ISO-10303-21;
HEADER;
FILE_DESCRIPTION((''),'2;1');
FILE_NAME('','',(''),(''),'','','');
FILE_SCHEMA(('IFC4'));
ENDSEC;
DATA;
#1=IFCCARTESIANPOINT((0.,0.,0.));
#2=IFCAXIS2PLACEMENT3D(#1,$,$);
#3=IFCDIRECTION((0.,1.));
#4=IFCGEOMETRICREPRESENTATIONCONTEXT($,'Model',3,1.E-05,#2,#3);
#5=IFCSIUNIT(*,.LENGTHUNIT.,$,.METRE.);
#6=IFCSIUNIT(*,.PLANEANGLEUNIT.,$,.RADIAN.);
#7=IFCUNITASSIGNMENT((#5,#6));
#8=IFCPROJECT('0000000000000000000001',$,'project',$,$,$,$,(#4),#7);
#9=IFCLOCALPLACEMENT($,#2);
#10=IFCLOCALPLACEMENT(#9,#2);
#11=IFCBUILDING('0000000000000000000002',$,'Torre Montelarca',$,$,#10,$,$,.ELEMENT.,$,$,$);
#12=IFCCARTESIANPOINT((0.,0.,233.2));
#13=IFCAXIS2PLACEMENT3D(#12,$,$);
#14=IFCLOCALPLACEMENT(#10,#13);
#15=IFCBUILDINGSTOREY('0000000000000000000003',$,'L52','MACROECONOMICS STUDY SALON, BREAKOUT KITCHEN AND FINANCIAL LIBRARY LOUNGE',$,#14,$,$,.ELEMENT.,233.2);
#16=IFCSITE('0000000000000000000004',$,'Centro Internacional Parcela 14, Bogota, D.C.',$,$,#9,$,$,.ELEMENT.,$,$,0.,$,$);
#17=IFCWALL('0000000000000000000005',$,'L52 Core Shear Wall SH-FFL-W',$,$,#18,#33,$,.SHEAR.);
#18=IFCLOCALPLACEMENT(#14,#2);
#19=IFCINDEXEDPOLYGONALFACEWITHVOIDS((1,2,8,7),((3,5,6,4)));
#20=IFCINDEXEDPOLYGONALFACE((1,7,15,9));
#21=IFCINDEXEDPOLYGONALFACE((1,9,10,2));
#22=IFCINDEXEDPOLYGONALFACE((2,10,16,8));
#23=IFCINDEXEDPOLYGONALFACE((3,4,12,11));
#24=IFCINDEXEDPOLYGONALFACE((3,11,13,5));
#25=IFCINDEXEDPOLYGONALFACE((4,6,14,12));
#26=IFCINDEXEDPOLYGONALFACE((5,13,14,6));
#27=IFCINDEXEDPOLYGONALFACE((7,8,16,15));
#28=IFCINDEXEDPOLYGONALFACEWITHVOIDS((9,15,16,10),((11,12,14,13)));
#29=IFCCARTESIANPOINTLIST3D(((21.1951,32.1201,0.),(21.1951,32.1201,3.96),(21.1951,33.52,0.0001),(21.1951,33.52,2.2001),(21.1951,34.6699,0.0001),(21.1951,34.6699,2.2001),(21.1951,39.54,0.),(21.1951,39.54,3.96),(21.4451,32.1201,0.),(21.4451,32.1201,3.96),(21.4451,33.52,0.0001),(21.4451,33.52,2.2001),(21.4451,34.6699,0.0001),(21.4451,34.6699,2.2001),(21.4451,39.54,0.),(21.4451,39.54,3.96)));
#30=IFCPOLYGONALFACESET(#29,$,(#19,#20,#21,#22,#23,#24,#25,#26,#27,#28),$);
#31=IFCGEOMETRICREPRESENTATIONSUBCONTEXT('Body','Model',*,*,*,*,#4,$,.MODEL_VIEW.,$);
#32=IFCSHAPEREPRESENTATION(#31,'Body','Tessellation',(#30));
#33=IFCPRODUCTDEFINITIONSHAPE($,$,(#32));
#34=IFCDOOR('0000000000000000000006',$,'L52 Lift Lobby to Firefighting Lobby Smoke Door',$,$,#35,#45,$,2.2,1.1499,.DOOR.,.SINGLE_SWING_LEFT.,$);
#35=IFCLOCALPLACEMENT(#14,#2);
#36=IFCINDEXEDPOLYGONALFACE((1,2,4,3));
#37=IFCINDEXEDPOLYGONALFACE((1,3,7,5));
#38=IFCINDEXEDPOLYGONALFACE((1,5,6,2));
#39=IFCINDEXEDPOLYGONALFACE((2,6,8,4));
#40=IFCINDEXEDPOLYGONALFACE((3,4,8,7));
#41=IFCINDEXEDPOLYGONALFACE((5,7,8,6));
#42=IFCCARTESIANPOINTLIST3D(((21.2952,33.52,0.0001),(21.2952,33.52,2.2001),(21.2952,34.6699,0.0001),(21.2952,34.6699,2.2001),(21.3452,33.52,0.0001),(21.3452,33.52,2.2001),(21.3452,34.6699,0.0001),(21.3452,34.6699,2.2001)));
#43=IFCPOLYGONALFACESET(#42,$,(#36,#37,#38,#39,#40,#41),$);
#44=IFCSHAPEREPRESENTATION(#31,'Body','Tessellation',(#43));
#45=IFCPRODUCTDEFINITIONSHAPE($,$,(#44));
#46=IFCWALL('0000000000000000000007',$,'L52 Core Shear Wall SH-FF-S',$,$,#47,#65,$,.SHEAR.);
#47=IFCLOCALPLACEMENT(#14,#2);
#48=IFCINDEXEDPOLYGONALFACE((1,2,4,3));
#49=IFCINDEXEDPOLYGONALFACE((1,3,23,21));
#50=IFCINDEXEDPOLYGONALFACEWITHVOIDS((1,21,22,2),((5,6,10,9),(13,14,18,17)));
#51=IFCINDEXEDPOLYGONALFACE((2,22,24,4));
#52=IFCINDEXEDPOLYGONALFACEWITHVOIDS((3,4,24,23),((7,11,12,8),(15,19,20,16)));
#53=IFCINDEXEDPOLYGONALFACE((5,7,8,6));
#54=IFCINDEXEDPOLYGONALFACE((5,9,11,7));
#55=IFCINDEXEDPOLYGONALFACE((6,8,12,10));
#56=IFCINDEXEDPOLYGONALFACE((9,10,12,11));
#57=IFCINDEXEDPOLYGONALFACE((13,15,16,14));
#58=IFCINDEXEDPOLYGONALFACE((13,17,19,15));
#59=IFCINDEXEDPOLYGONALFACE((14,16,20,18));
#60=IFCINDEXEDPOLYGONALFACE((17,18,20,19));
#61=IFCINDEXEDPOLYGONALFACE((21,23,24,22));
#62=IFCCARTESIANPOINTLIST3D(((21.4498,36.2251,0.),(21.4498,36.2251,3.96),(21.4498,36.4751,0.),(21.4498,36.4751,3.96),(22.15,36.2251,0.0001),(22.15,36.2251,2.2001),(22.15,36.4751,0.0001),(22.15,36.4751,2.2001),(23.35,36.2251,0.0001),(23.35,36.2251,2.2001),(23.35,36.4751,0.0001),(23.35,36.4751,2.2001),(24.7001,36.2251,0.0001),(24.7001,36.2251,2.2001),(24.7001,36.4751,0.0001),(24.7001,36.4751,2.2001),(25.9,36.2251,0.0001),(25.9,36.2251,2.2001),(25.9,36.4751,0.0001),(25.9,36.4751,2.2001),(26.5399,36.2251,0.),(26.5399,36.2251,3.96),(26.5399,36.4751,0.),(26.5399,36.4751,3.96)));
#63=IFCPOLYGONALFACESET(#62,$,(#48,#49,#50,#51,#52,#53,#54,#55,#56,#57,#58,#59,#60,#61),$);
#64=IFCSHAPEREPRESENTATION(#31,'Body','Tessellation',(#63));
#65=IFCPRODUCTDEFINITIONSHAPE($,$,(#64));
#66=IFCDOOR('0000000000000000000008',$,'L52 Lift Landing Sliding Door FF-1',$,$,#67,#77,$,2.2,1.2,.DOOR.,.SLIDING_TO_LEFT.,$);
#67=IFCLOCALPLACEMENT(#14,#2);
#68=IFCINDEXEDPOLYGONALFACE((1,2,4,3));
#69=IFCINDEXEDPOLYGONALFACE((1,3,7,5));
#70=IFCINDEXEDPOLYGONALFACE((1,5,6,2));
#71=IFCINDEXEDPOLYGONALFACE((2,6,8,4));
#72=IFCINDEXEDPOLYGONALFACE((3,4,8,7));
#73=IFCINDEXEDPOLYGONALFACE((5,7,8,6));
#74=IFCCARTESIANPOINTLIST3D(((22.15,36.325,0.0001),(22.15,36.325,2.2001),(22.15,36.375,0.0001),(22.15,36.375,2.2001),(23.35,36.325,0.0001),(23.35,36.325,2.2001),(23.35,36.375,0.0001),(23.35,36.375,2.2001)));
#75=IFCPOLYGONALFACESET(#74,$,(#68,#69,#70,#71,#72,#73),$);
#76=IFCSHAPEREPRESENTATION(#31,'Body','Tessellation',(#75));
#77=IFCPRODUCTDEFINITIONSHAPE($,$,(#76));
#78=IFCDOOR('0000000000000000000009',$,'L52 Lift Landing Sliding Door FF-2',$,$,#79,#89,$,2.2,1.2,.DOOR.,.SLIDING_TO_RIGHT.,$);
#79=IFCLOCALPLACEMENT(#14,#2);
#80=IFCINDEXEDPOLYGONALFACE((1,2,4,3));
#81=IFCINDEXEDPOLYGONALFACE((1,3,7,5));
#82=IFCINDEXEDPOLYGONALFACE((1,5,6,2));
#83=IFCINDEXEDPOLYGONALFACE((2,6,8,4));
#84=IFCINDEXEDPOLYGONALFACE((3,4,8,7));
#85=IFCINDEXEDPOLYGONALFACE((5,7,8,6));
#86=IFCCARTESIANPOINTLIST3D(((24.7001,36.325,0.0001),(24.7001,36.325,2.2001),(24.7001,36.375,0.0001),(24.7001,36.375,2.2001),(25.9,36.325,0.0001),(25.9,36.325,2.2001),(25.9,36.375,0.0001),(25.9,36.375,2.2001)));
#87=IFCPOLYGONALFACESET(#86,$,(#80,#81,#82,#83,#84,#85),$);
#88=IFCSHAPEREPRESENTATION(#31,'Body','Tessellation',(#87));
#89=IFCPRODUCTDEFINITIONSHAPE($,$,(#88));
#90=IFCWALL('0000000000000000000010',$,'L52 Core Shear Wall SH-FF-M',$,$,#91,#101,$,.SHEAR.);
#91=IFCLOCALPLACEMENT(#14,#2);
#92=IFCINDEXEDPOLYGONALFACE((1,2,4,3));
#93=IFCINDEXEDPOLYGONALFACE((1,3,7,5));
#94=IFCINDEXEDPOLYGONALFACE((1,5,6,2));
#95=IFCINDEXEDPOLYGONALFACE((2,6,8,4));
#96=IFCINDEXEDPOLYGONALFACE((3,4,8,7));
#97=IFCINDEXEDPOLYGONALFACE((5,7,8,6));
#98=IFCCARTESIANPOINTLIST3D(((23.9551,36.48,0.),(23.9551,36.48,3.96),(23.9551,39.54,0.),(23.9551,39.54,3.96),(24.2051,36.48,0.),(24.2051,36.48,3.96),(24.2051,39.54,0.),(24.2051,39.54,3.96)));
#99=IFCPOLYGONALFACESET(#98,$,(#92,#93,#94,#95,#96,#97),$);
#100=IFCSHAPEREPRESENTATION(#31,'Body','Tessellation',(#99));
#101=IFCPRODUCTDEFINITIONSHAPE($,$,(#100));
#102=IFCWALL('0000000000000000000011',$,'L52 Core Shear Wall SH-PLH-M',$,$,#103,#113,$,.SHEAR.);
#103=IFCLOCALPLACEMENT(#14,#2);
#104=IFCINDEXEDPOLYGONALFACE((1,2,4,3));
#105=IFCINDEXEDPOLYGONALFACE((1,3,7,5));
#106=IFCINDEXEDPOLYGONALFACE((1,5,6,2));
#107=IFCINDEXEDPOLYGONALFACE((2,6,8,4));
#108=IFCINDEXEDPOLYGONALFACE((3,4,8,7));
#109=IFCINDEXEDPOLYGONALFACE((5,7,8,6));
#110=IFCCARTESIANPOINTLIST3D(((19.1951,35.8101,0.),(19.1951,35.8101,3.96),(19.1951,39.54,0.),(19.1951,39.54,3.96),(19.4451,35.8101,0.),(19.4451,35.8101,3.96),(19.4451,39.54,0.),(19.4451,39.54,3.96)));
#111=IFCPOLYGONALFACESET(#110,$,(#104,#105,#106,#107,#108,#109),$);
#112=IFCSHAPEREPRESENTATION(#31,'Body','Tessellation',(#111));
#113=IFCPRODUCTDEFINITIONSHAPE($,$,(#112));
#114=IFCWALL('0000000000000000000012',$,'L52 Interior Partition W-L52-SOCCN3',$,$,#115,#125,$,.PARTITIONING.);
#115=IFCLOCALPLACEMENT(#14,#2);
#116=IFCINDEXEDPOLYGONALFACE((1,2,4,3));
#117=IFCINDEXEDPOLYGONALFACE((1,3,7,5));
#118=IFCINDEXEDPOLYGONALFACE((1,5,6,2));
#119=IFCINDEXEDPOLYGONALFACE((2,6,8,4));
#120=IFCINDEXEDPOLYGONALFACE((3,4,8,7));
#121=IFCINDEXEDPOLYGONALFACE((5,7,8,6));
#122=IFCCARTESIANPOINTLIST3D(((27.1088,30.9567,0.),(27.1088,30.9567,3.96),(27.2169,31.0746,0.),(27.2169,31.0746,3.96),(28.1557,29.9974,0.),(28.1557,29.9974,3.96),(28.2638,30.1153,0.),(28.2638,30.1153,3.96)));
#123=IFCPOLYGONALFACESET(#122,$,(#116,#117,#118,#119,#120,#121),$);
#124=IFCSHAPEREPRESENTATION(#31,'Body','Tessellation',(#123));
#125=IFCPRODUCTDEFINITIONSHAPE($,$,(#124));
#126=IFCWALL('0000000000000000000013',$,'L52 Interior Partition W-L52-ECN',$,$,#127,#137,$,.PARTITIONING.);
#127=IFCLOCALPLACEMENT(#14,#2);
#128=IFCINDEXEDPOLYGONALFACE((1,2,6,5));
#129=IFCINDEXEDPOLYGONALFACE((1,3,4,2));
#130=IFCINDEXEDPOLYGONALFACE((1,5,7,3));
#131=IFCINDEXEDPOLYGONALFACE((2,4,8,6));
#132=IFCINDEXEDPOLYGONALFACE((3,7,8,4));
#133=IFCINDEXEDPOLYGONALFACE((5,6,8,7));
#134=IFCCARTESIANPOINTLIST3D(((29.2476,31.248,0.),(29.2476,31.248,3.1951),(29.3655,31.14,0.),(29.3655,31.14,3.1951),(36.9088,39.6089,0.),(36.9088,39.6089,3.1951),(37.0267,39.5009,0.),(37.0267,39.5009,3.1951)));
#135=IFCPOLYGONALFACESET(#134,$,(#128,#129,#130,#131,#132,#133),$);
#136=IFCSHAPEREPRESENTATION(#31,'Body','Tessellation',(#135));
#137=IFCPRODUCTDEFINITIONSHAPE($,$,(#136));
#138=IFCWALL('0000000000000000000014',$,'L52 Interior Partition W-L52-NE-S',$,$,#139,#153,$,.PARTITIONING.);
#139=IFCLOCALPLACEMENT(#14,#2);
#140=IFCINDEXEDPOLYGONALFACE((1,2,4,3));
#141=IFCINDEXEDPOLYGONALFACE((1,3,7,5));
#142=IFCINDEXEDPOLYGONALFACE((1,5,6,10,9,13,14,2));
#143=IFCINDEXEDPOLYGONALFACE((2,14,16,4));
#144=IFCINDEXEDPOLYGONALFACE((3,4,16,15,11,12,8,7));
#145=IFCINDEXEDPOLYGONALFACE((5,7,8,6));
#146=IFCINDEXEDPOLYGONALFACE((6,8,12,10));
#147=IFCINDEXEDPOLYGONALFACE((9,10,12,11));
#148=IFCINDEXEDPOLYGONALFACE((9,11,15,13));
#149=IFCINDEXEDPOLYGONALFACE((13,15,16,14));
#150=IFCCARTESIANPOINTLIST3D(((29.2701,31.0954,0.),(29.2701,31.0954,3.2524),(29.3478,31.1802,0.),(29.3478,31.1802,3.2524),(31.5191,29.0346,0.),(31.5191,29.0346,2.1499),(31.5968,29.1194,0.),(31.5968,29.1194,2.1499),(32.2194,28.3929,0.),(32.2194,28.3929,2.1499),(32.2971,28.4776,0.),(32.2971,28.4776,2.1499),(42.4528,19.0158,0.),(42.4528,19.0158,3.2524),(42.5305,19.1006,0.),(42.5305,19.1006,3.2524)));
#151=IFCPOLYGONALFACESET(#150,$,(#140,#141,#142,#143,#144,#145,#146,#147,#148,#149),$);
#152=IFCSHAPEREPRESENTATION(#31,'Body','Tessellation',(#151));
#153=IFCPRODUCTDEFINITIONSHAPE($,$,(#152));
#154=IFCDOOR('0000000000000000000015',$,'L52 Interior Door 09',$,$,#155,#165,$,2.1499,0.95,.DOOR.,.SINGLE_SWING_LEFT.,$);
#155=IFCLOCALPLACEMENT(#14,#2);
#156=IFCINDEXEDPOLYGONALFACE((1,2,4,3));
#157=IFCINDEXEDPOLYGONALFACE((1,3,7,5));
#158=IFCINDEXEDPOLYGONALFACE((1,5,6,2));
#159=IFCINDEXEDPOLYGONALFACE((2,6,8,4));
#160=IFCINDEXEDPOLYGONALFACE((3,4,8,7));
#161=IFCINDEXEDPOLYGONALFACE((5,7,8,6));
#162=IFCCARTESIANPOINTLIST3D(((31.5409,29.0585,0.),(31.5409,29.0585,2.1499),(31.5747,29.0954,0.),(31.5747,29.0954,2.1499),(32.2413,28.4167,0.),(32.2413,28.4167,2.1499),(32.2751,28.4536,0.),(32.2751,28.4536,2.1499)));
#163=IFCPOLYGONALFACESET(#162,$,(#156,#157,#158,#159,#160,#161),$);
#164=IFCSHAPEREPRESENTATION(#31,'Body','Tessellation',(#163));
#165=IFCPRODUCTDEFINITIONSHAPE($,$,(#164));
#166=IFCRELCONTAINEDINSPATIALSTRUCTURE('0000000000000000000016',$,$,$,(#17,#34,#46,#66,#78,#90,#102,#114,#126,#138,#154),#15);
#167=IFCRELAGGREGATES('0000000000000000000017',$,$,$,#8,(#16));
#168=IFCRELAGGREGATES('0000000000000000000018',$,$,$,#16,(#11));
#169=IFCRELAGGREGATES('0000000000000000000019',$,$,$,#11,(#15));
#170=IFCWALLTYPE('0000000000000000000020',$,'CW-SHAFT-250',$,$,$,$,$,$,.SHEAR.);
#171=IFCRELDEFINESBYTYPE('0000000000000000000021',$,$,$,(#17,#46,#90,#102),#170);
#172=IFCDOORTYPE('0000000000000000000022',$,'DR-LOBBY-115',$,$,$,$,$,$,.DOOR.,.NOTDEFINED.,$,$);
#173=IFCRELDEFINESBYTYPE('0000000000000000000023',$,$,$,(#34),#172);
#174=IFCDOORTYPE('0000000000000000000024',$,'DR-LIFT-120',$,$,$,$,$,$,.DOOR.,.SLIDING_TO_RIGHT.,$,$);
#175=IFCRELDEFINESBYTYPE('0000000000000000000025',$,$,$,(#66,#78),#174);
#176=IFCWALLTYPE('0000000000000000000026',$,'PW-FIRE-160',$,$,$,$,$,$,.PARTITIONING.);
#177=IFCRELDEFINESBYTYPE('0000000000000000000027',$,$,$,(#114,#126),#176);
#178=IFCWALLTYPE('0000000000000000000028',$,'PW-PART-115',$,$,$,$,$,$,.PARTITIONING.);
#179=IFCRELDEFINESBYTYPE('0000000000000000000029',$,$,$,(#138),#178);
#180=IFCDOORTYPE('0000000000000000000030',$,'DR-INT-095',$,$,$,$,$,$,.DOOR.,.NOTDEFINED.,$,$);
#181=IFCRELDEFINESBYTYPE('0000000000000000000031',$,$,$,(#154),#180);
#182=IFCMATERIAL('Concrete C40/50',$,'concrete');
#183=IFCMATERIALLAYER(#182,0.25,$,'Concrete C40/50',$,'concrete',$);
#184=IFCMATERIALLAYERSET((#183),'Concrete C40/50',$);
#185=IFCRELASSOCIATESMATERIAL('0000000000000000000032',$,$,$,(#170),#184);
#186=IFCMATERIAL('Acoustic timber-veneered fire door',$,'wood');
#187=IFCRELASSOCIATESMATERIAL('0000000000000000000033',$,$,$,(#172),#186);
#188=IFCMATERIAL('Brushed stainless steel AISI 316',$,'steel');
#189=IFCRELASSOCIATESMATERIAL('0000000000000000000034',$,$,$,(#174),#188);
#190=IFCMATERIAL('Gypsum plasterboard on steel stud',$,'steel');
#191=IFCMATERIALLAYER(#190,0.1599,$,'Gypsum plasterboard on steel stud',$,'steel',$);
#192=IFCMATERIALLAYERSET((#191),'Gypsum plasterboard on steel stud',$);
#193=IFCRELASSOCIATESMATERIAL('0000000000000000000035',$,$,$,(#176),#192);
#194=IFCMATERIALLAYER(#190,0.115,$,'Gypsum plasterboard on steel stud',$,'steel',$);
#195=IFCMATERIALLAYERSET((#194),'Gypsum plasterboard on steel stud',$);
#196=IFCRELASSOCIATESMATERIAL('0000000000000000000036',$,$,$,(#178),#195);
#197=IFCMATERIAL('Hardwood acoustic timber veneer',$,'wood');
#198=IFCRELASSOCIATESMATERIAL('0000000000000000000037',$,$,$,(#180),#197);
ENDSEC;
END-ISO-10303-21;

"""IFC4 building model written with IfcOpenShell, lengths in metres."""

from ifc_helpers import new_model, si_unit, direction, frame, frame_2d, origin, place, context, subcontext, project, spatial, rectangle, extrude, source, transform, mapped, material, layer, layer_set, type_object, element, fill, save


model = new_model("IFC4")

# Units and contexts
model_context = context("Model", 3, precision=1e-05, world=origin(), true_north=direction((0.0, 1.0)))
body_context = subcontext(model_context, "Body", "Model", "MODEL_VIEW")
ifc_project = project(units=[si_unit("LENGTHUNIT", "METRE"), si_unit("PLANEANGLEUNIT", "RADIAN")], contexts=[model_context])

# Site, building, storey
site_placement = place(None, origin())
site = spatial("IfcSite", under=ifc_project, at=site_placement, Name="Centro Internacional Parcela 14, Bogota, D.C.", CompositionType="ELEMENT", RefElevation=0.0)
building_placement = place(site_placement, origin())
building = spatial("IfcBuilding", under=site, at=building_placement, Name="Torre Montelarca", CompositionType="ELEMENT")
storey_placement = place(building_placement, frame((0.0, 0.0, 233.2)))
storey = spatial("IfcBuildingStorey", under=building, at=storey_placement, Name="L52", Description="MACROECONOMICS STUDY SALON, BREAKOUT KITCHEN AND FINANCIAL LIBRARY LOUNGE", CompositionType="ELEMENT", Elevation=233.2)

# Wall, opening, door
ifc_material_1 = material(Name="Concrete C40/50", Category="concrete")
ifc_layer_1 = layer(ifc_material_1, 0.25, Name="Concrete C40/50", Category="concrete")
ifc_layer_set_1 = layer_set([ifc_layer_1], Name="Concrete C40/50")
wall_type_1 = type_object("IfcWallType", Name="CW-SHAFT-250", PredefinedType="SHEAR", material=ifc_layer_set_1)
wall_1_placement = place(storey_placement, frame((21.3201, 32.1201, 0.0), z_axis=(0.0, 0.0, 1.0), x_axis=(0.0, 1.0, 0.0)))
wall_1 = element("IfcWall", 1, at=wall_1_placement, inside=storey, type_object=wall_type_1, Name="L52 Core Shear Wall SH-FFL-W", PredefinedType="SHEAR", context=body_context, shape_type="SweptSolid", body=[
    extrude(rectangle(XDim=7.4199, YDim=0.25, at=frame_2d((3.71, 0.0))), origin(), (0.0, 0.0, 1.0), 3.96),
])
opening_1_placement = place(wall_1_placement, frame((1.3999, 0.0, 0.0)))
opening_1 = element("IfcOpeningElement", 2, at=opening_1_placement, cuts=wall_1, PredefinedType="OPENING", context=body_context, shape_type="SweptSolid", body=[
    extrude(rectangle(XDim=1.1499, YDim=2.2, at=frame_2d((0.575, 1.1001))), frame((0.0, 0.135, 0.0), z_axis=(0.0, -1.0, 0.0), x_axis=(1.0, 0.0, 0.0)), (0.0, 0.0, 1.0), 0.27),
])
ifc_material_2 = material(Name="Acoustic timber-veneered fire door", Category="wood")
door_type_1 = type_object("IfcDoorType", Name="DR-LOBBY-115", OperationType="NOTDEFINED", PredefinedType="DOOR", material=ifc_material_2)
shared_shape_1 = source(origin(), body_context, "Body", "SweptSolid", [
    extrude(rectangle(XDim=1.1499, YDim=2.2, at=frame_2d((0.575, 1.1001))), frame((0.0, 0.0249, 0.0), z_axis=(0.0, -1.0, 0.0), x_axis=(1.0, 0.0, 0.0)), (0.0, 0.0, 1.0), 0.05),
])
door_1_placement = place(opening_1_placement, origin())
door_1 = element("IfcDoor", 3, at=door_1_placement, inside=storey, type_object=door_type_1, Name="L52 Lift Lobby to Firefighting Lobby Smoke Door", OperationType="SINGLE_SWING_LEFT", OverallHeight=2.2, OverallWidth=1.1499, PredefinedType="DOOR", context=body_context, shape_type="MappedRepresentation", body=[
    mapped(shared_shape_1, transform((0.0, 0.0, 0.0), scale=1.0)),
])
fill(opening_1, door_1)

# Wall, openings, doors
wall_2_placement = place(storey_placement, frame((21.45, 36.3501, 0.0), z_axis=(0.0, 0.0, 1.0), x_axis=(1.0, 0.0, 0.0)))
wall_2 = element("IfcWall", 4, at=wall_2_placement, inside=storey, type_object=wall_type_1, Name="L52 Core Shear Wall SH-FF-S", PredefinedType="SHEAR", context=body_context, shape_type="SweptSolid", body=[
    extrude(rectangle(XDim=5.0901, YDim=0.25, at=frame_2d((2.5449, 0.0))), origin(), (0.0, 0.0, 1.0), 3.96),
])
opening_2_placement = place(wall_2_placement, frame((0.7, 0.0, 0.0)))
opening_2 = element("IfcOpeningElement", 5, at=opening_2_placement, cuts=wall_2, PredefinedType="OPENING", context=body_context, shape_type="SweptSolid", body=[
    extrude(rectangle(XDim=1.2, YDim=2.2, at=frame_2d((0.6001, 1.1001))), frame((0.0, 0.135, 0.0), z_axis=(0.0, -1.0, 0.0), x_axis=(1.0, 0.0, 0.0)), (0.0, 0.0, 1.0), 0.27),
])
opening_3_placement = place(wall_2_placement, frame((3.25, 0.0, 0.0)))
opening_3 = element("IfcOpeningElement", 6, at=opening_3_placement, cuts=wall_2, PredefinedType="OPENING", context=body_context, shape_type="SweptSolid", body=[
    extrude(rectangle(XDim=1.2, YDim=2.2, at=frame_2d((0.6001, 1.1001))), frame((0.0, 0.135, 0.0), z_axis=(0.0, -1.0, 0.0), x_axis=(1.0, 0.0, 0.0)), (0.0, 0.0, 1.0), 0.27),
])
ifc_material_3 = material(Name="Brushed stainless steel AISI 316", Category="steel")
door_type_2 = type_object("IfcDoorType", Name="DR-LIFT-120", OperationType="SLIDING_TO_RIGHT", PredefinedType="DOOR", material=ifc_material_3)
shared_shape_2 = source(origin(), body_context, "Body", "SweptSolid", [
    extrude(rectangle(XDim=1.2, YDim=2.2, at=frame_2d((0.6001, 1.1001))), frame((0.0, 0.0249, 0.0), z_axis=(0.0, -1.0, 0.0), x_axis=(1.0, 0.0, 0.0)), (0.0, 0.0, 1.0), 0.05),
])
door_2_placement = place(opening_2_placement, origin())
door_2 = element("IfcDoor", 7, at=door_2_placement, inside=storey, type_object=door_type_2, Name="L52 Lift Landing Sliding Door FF-1", OperationType="SLIDING_TO_LEFT", OverallHeight=2.2, OverallWidth=1.2, PredefinedType="DOOR", context=body_context, shape_type="MappedRepresentation", body=[
    mapped(shared_shape_2, transform((0.0, 0.0, 0.0), scale=1.0)),
])
fill(opening_2, door_2)
door_3_placement = place(opening_3_placement, origin())
door_3 = element("IfcDoor", 8, at=door_3_placement, inside=storey, type_object=door_type_2, Name="L52 Lift Landing Sliding Door FF-2", OperationType="SLIDING_TO_RIGHT", OverallHeight=2.2, OverallWidth=1.2, PredefinedType="DOOR", context=body_context, shape_type="MappedRepresentation", body=[
    mapped(shared_shape_2, transform((0.0, 0.0, 0.0), scale=1.0)),
])
fill(opening_3, door_3)

# Walls
wall_3_placement = place(storey_placement, frame((24.0801, 36.48, 0.0), z_axis=(0.0, 0.0, 1.0), x_axis=(0.0, 1.0, 0.0)))
element("IfcWall", 9, at=wall_3_placement, inside=storey, type_object=wall_type_1, Name="L52 Core Shear Wall SH-FF-M", PredefinedType="SHEAR", context=body_context, shape_type="SweptSolid", body=[
    extrude(rectangle(XDim=3.0601, YDim=0.25, at=frame_2d((1.53, 0.0))), origin(), (0.0, 0.0, 1.0), 3.96),
])
wall_4_placement = place(storey_placement, frame((19.3201, 35.8101, 0.0), z_axis=(0.0, 0.0, 1.0), x_axis=(0.0, 1.0, 0.0)))
element("IfcWall", 10, at=wall_4_placement, inside=storey, type_object=wall_type_1, Name="L52 Core Shear Wall SH-PLH-M", PredefinedType="SHEAR", context=body_context, shape_type="SweptSolid", body=[
    extrude(rectangle(XDim=3.73, YDim=0.25, at=frame_2d((1.865, 0.0))), origin(), (0.0, 0.0, 1.0), 3.96),
])
ifc_material_4 = material(Name="Gypsum plasterboard on steel stud", Category="steel")
ifc_layer_2 = layer(ifc_material_4, 0.1599, Name="Gypsum plasterboard on steel stud", Category="steel")
ifc_layer_set_2 = layer_set([ifc_layer_2], Name="Gypsum plasterboard on steel stud")
wall_type_2 = type_object("IfcWallType", Name="PW-FIRE-160", PredefinedType="PARTITIONING", material=ifc_layer_set_2)
wall_5_placement = place(storey_placement, frame((27.1628, 31.0156, 0.0), z_axis=(0.0, 0.0, 1.0), x_axis=(0.737297, -0.675569, 0.0)))
element("IfcWall", 11, at=wall_5_placement, inside=storey, type_object=wall_type_2, Name="L52 Interior Partition W-L52-SOCCN3", PredefinedType="PARTITIONING", context=body_context, shape_type="SweptSolid", body=[
    extrude(rectangle(XDim=1.4199, YDim=0.1599, at=frame_2d((0.71, 0.0))), origin(), (0.0, 0.0, 1.0), 3.96),
])
wall_6_placement = place(storey_placement, frame((29.3066, 31.1941, 0.0), z_axis=(0.0, 0.0, 1.0), x_axis=(0.675582, 0.737285, 0.0)))
element("IfcWall", 12, at=wall_6_placement, inside=storey, type_object=wall_type_2, Name="L52 Interior Partition W-L52-ECN", PredefinedType="PARTITIONING", context=body_context, shape_type="SweptSolid", body=[
    extrude(rectangle(XDim=11.3401, YDim=0.1599, at=frame_2d((5.6699, 0.0))), origin(), (0.0, 0.0, 1.0), 3.1951),
])

# Wall, opening, door
ifc_layer_3 = layer(ifc_material_4, 0.115, Name="Gypsum plasterboard on steel stud", Category="steel")
ifc_layer_set_3 = layer_set([ifc_layer_3], Name="Gypsum plasterboard on steel stud")
wall_type_3 = type_object("IfcWallType", Name="PW-PART-115", PredefinedType="PARTITIONING", material=ifc_layer_set_3)
wall_7_placement = place(storey_placement, frame((29.3091, 31.1377, 0.0), z_axis=(0.0, 0.0, 1.0), x_axis=(0.737279, -0.675589, 0.0)))
wall_7 = element("IfcWall", 13, at=wall_7_placement, inside=storey, type_object=wall_type_3, Name="L52 Interior Partition W-L52-NE-S", PredefinedType="PARTITIONING", context=body_context, shape_type="SweptSolid", body=[
    extrude(rectangle(XDim=17.8801, YDim=0.115, at=frame_2d((8.9399, 0.0))), origin(), (0.0, 0.0, 1.0), 3.2524),
])
opening_4_placement = place(wall_7_placement, frame((3.05, 0.0, 0.0)))
opening_4 = element("IfcOpeningElement", 14, at=opening_4_placement, cuts=wall_7, PredefinedType="OPENING", context=body_context, shape_type="SweptSolid", body=[
    extrude(rectangle(XDim=0.95, YDim=2.1499, at=frame_2d((0.4751, 1.075))), frame((0.0, 0.0674, 0.0), z_axis=(0.0, -1.0, 0.0), x_axis=(1.0, 0.0, 0.0)), (0.0, 0.0, 1.0), 0.135),
])
ifc_material_5 = material(Name="Hardwood acoustic timber veneer", Category="wood")
door_type_3 = type_object("IfcDoorType", Name="DR-INT-095", OperationType="NOTDEFINED", PredefinedType="DOOR", material=ifc_material_5)
shared_shape_3 = source(origin(), body_context, "Body", "SweptSolid", [
    extrude(rectangle(XDim=0.95, YDim=2.1499, at=frame_2d((0.4751, 1.075))), frame((0.0, 0.0249, 0.0), z_axis=(0.0, -1.0, 0.0), x_axis=(1.0, 0.0, 0.0)), (0.0, 0.0, 1.0), 0.05),
])
door_4_placement = place(opening_4_placement, origin())
door_4 = element("IfcDoor", 15, at=door_4_placement, inside=storey, type_object=door_type_3, Name="L52 Interior Door 09", OperationType="SINGLE_SWING_LEFT", OverallHeight=2.1499, OverallWidth=0.95, PredefinedType="DOOR", context=body_context, shape_type="MappedRepresentation", body=[
    mapped(shared_shape_3, transform((0.0, 0.0, 0.0), scale=1.0)),
])
fill(opening_4, door_4)

save(model, "model.ifc")
